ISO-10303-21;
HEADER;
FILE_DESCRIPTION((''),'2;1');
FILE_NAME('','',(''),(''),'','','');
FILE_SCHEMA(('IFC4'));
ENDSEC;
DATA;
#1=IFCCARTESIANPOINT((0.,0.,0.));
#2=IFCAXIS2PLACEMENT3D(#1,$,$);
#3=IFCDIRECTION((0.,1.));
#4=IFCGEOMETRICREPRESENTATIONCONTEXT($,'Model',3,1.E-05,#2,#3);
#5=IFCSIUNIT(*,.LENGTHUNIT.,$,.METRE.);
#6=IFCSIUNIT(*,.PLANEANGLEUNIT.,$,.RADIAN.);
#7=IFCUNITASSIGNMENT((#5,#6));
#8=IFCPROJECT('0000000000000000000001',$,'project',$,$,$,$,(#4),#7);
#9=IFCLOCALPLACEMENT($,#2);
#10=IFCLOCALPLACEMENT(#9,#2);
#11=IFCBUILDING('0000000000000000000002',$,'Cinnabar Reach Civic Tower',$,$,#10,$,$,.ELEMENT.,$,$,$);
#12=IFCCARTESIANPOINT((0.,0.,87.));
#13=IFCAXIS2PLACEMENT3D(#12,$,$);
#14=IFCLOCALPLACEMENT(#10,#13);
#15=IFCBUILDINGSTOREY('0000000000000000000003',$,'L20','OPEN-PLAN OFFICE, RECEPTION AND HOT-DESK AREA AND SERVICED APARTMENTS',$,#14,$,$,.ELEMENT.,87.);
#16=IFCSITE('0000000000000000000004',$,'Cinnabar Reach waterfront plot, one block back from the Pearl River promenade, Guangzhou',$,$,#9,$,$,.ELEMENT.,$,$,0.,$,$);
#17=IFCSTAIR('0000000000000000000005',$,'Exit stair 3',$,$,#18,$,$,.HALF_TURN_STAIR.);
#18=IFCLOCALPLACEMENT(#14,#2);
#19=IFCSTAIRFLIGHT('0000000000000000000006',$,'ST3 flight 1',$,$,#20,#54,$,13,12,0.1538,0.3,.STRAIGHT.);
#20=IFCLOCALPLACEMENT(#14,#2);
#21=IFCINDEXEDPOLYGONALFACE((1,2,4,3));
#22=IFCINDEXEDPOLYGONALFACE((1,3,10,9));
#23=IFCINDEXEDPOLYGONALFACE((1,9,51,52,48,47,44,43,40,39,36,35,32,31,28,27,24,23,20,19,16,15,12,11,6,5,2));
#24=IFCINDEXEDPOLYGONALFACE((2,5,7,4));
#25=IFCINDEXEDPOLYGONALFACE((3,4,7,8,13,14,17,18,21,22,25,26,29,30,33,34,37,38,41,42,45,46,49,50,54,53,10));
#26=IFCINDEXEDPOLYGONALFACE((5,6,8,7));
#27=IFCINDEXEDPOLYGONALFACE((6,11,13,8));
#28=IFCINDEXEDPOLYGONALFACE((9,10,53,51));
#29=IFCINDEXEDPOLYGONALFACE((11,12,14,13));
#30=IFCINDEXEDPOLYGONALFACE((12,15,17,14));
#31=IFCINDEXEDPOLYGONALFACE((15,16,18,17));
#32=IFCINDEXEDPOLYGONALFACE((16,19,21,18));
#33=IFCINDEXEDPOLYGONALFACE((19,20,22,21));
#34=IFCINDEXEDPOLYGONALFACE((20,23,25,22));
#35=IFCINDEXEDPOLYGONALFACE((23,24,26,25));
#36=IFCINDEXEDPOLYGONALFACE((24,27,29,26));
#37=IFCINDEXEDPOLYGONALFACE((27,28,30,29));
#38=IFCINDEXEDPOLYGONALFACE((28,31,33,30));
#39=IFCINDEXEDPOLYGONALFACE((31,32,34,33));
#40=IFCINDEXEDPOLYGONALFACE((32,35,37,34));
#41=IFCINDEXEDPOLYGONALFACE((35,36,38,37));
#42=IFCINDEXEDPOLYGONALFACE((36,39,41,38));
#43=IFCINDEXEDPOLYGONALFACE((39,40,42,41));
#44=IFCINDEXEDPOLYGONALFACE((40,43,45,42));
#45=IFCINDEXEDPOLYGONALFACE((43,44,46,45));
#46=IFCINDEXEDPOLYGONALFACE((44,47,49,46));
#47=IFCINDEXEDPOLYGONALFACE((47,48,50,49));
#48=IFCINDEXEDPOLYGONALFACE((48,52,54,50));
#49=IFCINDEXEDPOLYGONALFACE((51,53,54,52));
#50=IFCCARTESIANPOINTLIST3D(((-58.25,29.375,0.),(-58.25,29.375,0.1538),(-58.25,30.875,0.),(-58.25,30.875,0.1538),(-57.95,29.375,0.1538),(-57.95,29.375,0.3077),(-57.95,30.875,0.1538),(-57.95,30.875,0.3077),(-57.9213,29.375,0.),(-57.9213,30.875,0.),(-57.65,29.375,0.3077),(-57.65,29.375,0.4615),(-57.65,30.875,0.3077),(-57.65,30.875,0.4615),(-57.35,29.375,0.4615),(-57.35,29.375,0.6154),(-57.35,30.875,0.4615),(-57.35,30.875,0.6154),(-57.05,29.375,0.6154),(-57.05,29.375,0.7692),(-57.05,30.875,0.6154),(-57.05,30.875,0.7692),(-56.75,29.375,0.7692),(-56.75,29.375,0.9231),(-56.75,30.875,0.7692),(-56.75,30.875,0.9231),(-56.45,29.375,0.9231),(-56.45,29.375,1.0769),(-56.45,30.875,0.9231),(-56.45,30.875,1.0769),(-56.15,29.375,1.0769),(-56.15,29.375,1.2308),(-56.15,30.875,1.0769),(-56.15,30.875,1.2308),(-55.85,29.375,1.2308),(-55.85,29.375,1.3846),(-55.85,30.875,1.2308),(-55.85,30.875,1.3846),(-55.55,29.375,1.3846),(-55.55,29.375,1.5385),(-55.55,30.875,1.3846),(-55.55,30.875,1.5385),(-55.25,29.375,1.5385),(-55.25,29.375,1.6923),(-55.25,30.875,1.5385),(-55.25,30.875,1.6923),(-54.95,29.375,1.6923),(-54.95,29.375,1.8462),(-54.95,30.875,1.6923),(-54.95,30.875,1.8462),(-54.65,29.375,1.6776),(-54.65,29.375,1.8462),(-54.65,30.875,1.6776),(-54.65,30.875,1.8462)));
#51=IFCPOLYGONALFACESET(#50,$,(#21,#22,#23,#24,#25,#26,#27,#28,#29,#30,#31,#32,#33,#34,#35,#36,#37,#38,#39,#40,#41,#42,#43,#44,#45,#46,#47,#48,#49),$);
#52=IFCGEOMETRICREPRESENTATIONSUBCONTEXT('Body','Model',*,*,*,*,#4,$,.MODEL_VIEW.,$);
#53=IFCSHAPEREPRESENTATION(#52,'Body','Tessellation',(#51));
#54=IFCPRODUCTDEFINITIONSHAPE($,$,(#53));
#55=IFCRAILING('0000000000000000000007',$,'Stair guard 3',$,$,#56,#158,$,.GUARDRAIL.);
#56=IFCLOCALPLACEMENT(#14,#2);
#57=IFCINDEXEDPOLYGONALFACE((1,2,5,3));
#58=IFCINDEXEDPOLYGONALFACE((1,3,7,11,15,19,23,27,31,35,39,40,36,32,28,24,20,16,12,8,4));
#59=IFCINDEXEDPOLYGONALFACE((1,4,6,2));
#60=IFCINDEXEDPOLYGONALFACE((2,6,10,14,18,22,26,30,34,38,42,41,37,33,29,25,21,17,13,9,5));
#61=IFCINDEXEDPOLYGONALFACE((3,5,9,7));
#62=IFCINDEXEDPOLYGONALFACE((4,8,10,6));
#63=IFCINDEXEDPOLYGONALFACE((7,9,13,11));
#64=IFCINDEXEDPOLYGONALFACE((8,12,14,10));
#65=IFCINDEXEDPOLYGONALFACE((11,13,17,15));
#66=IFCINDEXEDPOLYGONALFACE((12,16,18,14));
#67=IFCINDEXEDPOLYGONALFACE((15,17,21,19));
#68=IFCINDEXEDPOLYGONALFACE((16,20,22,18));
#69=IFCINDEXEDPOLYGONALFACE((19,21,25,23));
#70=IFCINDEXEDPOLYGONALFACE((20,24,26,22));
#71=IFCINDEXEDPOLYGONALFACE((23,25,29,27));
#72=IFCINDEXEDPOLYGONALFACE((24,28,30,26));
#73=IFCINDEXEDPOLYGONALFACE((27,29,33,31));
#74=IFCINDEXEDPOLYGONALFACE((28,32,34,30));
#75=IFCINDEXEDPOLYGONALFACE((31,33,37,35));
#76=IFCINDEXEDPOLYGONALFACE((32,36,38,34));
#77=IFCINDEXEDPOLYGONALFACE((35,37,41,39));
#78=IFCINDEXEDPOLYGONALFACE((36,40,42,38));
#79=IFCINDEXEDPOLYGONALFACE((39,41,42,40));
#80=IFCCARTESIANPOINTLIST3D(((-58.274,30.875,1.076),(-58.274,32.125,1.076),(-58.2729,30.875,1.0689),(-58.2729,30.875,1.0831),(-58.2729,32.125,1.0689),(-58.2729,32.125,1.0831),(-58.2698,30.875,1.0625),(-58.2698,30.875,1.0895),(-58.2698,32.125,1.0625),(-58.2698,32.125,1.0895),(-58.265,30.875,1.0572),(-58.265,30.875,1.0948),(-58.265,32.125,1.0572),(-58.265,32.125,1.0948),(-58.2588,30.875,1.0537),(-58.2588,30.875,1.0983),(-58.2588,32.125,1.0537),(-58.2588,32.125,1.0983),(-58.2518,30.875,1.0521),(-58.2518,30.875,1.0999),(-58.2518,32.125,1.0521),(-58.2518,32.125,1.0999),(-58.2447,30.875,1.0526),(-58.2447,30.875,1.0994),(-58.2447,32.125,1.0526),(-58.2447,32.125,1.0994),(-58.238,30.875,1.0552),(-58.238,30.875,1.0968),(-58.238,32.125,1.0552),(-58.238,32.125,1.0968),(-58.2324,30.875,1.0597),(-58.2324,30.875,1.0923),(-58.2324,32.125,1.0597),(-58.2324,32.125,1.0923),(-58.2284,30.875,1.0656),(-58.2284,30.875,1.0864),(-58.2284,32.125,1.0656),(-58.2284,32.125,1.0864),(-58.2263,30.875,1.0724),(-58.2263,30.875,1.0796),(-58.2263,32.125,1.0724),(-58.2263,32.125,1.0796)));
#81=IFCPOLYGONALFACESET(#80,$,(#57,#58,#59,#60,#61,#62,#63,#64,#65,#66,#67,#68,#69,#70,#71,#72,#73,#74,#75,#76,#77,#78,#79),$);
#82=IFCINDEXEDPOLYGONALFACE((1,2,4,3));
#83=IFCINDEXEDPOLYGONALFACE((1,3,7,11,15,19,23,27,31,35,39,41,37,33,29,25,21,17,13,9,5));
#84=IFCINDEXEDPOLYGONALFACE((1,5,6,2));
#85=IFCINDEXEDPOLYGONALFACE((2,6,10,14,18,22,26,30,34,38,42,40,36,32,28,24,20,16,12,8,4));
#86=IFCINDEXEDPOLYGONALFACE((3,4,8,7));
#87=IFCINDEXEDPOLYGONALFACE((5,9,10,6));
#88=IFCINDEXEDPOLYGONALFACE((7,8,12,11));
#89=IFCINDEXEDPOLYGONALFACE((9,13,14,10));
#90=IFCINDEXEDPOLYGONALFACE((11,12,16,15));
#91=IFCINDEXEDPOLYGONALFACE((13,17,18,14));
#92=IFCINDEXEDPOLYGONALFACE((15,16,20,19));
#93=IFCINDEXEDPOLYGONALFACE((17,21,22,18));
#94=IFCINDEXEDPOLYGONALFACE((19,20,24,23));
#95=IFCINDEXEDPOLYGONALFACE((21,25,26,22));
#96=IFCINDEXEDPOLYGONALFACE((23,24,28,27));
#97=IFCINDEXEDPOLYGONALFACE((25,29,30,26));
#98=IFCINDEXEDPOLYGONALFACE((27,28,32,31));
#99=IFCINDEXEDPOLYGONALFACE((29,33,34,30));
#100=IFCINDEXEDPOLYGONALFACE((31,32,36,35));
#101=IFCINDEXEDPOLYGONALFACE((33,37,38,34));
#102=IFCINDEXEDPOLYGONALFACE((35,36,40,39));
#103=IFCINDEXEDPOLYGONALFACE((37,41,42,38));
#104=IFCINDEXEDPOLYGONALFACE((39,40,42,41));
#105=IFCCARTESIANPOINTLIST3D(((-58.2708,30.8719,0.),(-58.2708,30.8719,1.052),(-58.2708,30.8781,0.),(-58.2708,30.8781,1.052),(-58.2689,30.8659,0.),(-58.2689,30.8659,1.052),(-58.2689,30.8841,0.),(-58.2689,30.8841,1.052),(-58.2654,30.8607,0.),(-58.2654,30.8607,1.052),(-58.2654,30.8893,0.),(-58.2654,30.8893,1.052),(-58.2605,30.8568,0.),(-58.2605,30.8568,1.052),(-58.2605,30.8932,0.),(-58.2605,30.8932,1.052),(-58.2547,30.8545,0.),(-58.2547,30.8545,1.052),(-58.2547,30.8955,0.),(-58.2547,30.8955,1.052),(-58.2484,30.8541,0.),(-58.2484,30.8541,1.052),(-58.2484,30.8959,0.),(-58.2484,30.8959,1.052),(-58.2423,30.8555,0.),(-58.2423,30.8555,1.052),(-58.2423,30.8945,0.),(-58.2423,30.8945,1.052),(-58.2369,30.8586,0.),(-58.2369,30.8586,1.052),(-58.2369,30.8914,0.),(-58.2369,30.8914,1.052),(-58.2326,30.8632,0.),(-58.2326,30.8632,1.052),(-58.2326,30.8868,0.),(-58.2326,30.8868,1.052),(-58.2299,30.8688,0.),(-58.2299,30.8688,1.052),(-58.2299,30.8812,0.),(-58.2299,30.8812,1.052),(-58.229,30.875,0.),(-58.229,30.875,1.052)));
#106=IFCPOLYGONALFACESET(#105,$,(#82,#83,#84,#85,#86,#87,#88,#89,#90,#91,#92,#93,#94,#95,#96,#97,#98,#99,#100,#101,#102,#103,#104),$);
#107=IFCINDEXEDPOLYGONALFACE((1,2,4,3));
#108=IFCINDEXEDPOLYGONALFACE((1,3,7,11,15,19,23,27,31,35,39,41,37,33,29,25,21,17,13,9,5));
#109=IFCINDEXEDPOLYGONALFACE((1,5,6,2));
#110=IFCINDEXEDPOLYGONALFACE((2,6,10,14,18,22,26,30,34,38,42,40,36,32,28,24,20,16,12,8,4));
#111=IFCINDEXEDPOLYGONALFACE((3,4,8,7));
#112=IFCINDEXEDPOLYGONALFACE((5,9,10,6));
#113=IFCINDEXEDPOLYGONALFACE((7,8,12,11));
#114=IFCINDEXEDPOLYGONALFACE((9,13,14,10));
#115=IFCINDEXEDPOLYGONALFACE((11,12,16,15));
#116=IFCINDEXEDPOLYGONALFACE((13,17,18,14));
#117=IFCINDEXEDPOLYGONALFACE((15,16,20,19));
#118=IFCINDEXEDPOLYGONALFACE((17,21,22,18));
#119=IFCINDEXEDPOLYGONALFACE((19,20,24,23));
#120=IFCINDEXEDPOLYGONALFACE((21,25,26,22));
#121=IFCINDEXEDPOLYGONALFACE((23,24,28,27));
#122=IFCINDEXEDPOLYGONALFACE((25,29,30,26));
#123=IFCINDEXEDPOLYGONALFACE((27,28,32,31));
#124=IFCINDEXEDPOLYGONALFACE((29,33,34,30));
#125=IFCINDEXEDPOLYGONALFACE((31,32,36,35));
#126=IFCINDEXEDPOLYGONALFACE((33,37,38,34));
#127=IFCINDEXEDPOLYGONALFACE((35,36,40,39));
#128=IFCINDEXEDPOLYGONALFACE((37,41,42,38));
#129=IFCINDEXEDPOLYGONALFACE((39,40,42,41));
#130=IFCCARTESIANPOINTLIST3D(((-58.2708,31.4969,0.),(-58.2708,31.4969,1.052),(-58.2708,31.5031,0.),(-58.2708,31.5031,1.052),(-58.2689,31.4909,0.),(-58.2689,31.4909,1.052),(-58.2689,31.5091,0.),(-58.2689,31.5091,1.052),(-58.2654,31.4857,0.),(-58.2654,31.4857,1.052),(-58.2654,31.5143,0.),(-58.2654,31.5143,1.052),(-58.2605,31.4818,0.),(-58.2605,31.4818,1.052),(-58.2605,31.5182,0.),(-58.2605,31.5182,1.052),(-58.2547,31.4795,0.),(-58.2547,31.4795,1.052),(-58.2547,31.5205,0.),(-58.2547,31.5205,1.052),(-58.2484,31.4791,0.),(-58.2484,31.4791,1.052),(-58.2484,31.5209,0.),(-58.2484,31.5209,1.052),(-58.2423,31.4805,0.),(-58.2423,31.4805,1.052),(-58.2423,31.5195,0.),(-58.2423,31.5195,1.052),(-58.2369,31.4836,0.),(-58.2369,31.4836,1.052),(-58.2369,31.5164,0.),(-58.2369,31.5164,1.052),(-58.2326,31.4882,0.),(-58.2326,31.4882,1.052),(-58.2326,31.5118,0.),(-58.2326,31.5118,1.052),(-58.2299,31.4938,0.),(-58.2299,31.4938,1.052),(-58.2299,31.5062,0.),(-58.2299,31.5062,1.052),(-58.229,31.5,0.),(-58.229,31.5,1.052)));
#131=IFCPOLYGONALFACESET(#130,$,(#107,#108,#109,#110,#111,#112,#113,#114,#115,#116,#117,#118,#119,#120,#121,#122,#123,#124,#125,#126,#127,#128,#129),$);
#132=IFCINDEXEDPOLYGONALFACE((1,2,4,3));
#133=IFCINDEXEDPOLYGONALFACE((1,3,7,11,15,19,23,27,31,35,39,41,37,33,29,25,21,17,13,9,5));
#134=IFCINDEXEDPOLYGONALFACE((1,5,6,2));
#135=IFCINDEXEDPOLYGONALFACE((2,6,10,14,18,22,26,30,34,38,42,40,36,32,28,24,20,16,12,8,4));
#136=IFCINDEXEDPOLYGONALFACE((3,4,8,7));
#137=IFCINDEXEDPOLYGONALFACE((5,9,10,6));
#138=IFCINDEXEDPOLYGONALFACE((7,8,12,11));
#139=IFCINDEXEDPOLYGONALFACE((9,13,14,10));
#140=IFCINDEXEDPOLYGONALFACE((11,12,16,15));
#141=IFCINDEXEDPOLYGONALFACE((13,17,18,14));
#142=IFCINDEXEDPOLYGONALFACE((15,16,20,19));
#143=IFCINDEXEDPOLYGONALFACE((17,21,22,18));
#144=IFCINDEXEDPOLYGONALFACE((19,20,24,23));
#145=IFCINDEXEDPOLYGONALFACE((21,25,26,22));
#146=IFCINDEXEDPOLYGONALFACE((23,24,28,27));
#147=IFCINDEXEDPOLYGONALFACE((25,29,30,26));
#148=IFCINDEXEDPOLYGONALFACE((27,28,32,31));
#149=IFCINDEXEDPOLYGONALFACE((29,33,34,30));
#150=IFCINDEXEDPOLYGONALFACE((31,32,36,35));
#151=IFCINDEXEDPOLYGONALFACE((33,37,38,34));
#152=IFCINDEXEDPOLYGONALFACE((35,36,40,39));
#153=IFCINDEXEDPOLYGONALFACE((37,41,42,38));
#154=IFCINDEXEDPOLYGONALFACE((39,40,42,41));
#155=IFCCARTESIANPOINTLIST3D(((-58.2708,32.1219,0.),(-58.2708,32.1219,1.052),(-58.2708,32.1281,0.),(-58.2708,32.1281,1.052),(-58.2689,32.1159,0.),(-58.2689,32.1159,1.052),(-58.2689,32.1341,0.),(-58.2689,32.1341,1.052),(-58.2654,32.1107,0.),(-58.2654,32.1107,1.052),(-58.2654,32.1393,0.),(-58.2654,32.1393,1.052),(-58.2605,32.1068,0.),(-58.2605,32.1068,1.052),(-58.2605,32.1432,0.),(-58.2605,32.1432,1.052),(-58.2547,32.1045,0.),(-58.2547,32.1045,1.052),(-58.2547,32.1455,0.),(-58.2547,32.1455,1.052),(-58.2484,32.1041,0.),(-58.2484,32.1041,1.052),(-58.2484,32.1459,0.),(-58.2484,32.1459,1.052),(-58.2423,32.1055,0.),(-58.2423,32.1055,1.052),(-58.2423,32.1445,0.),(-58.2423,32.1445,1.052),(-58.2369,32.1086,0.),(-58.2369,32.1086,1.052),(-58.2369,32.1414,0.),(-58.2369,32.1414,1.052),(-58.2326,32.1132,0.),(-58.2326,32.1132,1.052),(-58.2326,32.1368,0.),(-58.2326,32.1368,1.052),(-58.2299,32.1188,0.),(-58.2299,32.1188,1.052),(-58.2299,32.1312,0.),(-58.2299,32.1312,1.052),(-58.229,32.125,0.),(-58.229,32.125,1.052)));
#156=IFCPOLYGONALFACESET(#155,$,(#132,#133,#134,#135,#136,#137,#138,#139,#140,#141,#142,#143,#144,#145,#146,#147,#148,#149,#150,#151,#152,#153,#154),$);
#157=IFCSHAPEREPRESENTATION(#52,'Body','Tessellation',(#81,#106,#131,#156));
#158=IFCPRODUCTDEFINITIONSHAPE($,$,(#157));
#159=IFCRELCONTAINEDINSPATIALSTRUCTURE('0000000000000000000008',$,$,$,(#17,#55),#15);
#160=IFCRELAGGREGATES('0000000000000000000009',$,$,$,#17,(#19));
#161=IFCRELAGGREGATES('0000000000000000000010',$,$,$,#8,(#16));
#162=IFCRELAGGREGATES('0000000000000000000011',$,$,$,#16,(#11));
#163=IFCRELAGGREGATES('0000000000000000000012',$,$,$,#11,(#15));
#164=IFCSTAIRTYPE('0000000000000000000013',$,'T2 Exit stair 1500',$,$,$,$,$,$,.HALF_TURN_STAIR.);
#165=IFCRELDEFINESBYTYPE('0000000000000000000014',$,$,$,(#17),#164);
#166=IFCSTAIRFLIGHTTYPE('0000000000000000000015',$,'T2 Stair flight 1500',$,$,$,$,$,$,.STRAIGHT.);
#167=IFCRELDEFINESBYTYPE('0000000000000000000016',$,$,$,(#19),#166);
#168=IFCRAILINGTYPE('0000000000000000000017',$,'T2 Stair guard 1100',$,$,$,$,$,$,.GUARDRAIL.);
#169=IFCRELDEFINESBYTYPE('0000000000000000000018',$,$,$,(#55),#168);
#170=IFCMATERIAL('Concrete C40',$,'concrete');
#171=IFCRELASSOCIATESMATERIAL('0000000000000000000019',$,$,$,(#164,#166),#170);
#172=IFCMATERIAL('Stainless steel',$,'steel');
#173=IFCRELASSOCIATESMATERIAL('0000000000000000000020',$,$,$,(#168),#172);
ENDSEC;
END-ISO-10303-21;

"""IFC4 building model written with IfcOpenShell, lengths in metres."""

from ifc_helpers import new_model, si_unit, direction, frame, origin, origin_2d, place, context, subcontext, project, spatial, polyline, circle, outline, extrude, material, type_object, element, aggregate, save


model = new_model("IFC4")

# Units and contexts
model_context = context("Model", 3, precision=1e-05, world=origin(), true_north=direction((0.0, 1.0)))
body_context = subcontext(model_context, "Body", "Model", "MODEL_VIEW")
ifc_project = project(units=[si_unit("LENGTHUNIT", "METRE"), si_unit("PLANEANGLEUNIT", "RADIAN")], contexts=[model_context])

# Site, building, storey
site_placement = place(None, origin())
site = spatial("IfcSite", under=ifc_project, at=site_placement, Name="Cinnabar Reach waterfront plot, one block back from the Pearl River promenade, Guangzhou", CompositionType="ELEMENT", RefElevation=0.0)
building_placement = place(site_placement, origin())
building = spatial("IfcBuilding", under=site, at=building_placement, Name="Cinnabar Reach Civic Tower", CompositionType="ELEMENT")
storey_placement = place(building_placement, frame((0.0, 0.0, 87.0)))
storey = spatial("IfcBuildingStorey", under=building, at=storey_placement, Name="L20", Description="OPEN-PLAN OFFICE, RECEPTION AND HOT-DESK AREA AND SERVICED APARTMENTS", CompositionType="ELEMENT", Elevation=87.0)

# Stair, stair flight
ifc_material_1 = material(Name="Concrete C40", Category="concrete")
stair_type = type_object("IfcStairType", Name="T2 Exit stair 1500", PredefinedType="HALF_TURN_STAIR", material=ifc_material_1)
stair_placement = place(storey_placement, origin())
stair = element("IfcStair", 1, at=stair_placement, inside=storey, type_object=stair_type, Name="Exit stair 3", PredefinedType="HALF_TURN_STAIR")
stair_flight_type = type_object("IfcStairFlightType", Name="T2 Stair flight 1500", PredefinedType="STRAIGHT", material=ifc_material_1)
stair_flight_placement = place(storey_placement, frame((-58.25, 30.125, 0.0), z_axis=(0.0, 0.0, 1.0), x_axis=(1.0, 0.0, 0.0)))
stair_flight = element("IfcStairFlight", 2, at=stair_flight_placement, type_object=stair_flight_type, Name="ST3 flight 1", NumberOfRisers=13, NumberOfTreads=12, PredefinedType="STRAIGHT", RiserHeight=0.1538, TreadLength=0.3, context=body_context, shape_type="SweptSolid", body=[
    extrude(outline(polyline([(0.0, 0.0), (0.0, 0.1538), (0.3, 0.1538), (0.3, 0.3077), (0.6, 0.3077), (0.6, 0.4615), (0.9, 0.4615), (0.9, 0.6154), (1.2, 0.6154), (1.2, 0.7692), (1.5, 0.7692), (1.5, 0.9231), (1.8, 0.9231), (1.8, 1.0769), (2.1, 1.0769), (2.1, 1.2308), (2.4, 1.2308), (2.4, 1.3846), (2.7, 1.3846), (2.7, 1.5385), (3.0, 1.5385), (3.0, 1.6923), (3.3, 1.6923), (3.3, 1.8462), (3.6, 1.8462), (3.6, 2.0), (3.6, 1.6776), (0.3287, 0.0), (0.0, 0.0)])), frame((0.0, 0.75, 0.0), z_axis=(0.0, -1.0, 0.0), x_axis=(1.0, 0.0, 0.0)), (0.0, 0.0, 1.0), 1.5),
])
aggregate(stair, [stair_flight])

# Railing
ifc_material_2 = material(Name="Stainless steel", Category="steel")
railing_type = type_object("IfcRailingType", Name="T2 Stair guard 1100", PredefinedType="GUARDRAIL", material=ifc_material_2)
railing_1_placement = place(storey_placement, frame((-58.25, 30.875, 0.0)))
element("IfcRailing", 3, at=railing_1_placement, inside=storey, type_object=railing_type, Name="Stair guard 3", PredefinedType="GUARDRAIL", context=body_context, shape_type="SweptSolid", body=[
    extrude(circle(Radius=0.024, at=origin_2d()), frame((0.0, 0.0, 1.076), z_axis=(0.0, 1.0, 0.0), x_axis=(-1.0, 0.0, 0.0)), (0.0, 0.0, 1.0), 1.25),
    extrude(circle(Radius=0.021, at=origin_2d()), origin(), (0.0, 0.0, 1.0), 1.052),
    extrude(circle(Radius=0.021, at=origin_2d()), frame((0.0, 0.625, 0.0)), (0.0, 0.0, 1.0), 1.052),
    extrude(circle(Radius=0.021, at=origin_2d()), frame((0.0, 1.25, 0.0)), (0.0, 0.0, 1.0), 1.052),
])

save(model, "model.ifc")
